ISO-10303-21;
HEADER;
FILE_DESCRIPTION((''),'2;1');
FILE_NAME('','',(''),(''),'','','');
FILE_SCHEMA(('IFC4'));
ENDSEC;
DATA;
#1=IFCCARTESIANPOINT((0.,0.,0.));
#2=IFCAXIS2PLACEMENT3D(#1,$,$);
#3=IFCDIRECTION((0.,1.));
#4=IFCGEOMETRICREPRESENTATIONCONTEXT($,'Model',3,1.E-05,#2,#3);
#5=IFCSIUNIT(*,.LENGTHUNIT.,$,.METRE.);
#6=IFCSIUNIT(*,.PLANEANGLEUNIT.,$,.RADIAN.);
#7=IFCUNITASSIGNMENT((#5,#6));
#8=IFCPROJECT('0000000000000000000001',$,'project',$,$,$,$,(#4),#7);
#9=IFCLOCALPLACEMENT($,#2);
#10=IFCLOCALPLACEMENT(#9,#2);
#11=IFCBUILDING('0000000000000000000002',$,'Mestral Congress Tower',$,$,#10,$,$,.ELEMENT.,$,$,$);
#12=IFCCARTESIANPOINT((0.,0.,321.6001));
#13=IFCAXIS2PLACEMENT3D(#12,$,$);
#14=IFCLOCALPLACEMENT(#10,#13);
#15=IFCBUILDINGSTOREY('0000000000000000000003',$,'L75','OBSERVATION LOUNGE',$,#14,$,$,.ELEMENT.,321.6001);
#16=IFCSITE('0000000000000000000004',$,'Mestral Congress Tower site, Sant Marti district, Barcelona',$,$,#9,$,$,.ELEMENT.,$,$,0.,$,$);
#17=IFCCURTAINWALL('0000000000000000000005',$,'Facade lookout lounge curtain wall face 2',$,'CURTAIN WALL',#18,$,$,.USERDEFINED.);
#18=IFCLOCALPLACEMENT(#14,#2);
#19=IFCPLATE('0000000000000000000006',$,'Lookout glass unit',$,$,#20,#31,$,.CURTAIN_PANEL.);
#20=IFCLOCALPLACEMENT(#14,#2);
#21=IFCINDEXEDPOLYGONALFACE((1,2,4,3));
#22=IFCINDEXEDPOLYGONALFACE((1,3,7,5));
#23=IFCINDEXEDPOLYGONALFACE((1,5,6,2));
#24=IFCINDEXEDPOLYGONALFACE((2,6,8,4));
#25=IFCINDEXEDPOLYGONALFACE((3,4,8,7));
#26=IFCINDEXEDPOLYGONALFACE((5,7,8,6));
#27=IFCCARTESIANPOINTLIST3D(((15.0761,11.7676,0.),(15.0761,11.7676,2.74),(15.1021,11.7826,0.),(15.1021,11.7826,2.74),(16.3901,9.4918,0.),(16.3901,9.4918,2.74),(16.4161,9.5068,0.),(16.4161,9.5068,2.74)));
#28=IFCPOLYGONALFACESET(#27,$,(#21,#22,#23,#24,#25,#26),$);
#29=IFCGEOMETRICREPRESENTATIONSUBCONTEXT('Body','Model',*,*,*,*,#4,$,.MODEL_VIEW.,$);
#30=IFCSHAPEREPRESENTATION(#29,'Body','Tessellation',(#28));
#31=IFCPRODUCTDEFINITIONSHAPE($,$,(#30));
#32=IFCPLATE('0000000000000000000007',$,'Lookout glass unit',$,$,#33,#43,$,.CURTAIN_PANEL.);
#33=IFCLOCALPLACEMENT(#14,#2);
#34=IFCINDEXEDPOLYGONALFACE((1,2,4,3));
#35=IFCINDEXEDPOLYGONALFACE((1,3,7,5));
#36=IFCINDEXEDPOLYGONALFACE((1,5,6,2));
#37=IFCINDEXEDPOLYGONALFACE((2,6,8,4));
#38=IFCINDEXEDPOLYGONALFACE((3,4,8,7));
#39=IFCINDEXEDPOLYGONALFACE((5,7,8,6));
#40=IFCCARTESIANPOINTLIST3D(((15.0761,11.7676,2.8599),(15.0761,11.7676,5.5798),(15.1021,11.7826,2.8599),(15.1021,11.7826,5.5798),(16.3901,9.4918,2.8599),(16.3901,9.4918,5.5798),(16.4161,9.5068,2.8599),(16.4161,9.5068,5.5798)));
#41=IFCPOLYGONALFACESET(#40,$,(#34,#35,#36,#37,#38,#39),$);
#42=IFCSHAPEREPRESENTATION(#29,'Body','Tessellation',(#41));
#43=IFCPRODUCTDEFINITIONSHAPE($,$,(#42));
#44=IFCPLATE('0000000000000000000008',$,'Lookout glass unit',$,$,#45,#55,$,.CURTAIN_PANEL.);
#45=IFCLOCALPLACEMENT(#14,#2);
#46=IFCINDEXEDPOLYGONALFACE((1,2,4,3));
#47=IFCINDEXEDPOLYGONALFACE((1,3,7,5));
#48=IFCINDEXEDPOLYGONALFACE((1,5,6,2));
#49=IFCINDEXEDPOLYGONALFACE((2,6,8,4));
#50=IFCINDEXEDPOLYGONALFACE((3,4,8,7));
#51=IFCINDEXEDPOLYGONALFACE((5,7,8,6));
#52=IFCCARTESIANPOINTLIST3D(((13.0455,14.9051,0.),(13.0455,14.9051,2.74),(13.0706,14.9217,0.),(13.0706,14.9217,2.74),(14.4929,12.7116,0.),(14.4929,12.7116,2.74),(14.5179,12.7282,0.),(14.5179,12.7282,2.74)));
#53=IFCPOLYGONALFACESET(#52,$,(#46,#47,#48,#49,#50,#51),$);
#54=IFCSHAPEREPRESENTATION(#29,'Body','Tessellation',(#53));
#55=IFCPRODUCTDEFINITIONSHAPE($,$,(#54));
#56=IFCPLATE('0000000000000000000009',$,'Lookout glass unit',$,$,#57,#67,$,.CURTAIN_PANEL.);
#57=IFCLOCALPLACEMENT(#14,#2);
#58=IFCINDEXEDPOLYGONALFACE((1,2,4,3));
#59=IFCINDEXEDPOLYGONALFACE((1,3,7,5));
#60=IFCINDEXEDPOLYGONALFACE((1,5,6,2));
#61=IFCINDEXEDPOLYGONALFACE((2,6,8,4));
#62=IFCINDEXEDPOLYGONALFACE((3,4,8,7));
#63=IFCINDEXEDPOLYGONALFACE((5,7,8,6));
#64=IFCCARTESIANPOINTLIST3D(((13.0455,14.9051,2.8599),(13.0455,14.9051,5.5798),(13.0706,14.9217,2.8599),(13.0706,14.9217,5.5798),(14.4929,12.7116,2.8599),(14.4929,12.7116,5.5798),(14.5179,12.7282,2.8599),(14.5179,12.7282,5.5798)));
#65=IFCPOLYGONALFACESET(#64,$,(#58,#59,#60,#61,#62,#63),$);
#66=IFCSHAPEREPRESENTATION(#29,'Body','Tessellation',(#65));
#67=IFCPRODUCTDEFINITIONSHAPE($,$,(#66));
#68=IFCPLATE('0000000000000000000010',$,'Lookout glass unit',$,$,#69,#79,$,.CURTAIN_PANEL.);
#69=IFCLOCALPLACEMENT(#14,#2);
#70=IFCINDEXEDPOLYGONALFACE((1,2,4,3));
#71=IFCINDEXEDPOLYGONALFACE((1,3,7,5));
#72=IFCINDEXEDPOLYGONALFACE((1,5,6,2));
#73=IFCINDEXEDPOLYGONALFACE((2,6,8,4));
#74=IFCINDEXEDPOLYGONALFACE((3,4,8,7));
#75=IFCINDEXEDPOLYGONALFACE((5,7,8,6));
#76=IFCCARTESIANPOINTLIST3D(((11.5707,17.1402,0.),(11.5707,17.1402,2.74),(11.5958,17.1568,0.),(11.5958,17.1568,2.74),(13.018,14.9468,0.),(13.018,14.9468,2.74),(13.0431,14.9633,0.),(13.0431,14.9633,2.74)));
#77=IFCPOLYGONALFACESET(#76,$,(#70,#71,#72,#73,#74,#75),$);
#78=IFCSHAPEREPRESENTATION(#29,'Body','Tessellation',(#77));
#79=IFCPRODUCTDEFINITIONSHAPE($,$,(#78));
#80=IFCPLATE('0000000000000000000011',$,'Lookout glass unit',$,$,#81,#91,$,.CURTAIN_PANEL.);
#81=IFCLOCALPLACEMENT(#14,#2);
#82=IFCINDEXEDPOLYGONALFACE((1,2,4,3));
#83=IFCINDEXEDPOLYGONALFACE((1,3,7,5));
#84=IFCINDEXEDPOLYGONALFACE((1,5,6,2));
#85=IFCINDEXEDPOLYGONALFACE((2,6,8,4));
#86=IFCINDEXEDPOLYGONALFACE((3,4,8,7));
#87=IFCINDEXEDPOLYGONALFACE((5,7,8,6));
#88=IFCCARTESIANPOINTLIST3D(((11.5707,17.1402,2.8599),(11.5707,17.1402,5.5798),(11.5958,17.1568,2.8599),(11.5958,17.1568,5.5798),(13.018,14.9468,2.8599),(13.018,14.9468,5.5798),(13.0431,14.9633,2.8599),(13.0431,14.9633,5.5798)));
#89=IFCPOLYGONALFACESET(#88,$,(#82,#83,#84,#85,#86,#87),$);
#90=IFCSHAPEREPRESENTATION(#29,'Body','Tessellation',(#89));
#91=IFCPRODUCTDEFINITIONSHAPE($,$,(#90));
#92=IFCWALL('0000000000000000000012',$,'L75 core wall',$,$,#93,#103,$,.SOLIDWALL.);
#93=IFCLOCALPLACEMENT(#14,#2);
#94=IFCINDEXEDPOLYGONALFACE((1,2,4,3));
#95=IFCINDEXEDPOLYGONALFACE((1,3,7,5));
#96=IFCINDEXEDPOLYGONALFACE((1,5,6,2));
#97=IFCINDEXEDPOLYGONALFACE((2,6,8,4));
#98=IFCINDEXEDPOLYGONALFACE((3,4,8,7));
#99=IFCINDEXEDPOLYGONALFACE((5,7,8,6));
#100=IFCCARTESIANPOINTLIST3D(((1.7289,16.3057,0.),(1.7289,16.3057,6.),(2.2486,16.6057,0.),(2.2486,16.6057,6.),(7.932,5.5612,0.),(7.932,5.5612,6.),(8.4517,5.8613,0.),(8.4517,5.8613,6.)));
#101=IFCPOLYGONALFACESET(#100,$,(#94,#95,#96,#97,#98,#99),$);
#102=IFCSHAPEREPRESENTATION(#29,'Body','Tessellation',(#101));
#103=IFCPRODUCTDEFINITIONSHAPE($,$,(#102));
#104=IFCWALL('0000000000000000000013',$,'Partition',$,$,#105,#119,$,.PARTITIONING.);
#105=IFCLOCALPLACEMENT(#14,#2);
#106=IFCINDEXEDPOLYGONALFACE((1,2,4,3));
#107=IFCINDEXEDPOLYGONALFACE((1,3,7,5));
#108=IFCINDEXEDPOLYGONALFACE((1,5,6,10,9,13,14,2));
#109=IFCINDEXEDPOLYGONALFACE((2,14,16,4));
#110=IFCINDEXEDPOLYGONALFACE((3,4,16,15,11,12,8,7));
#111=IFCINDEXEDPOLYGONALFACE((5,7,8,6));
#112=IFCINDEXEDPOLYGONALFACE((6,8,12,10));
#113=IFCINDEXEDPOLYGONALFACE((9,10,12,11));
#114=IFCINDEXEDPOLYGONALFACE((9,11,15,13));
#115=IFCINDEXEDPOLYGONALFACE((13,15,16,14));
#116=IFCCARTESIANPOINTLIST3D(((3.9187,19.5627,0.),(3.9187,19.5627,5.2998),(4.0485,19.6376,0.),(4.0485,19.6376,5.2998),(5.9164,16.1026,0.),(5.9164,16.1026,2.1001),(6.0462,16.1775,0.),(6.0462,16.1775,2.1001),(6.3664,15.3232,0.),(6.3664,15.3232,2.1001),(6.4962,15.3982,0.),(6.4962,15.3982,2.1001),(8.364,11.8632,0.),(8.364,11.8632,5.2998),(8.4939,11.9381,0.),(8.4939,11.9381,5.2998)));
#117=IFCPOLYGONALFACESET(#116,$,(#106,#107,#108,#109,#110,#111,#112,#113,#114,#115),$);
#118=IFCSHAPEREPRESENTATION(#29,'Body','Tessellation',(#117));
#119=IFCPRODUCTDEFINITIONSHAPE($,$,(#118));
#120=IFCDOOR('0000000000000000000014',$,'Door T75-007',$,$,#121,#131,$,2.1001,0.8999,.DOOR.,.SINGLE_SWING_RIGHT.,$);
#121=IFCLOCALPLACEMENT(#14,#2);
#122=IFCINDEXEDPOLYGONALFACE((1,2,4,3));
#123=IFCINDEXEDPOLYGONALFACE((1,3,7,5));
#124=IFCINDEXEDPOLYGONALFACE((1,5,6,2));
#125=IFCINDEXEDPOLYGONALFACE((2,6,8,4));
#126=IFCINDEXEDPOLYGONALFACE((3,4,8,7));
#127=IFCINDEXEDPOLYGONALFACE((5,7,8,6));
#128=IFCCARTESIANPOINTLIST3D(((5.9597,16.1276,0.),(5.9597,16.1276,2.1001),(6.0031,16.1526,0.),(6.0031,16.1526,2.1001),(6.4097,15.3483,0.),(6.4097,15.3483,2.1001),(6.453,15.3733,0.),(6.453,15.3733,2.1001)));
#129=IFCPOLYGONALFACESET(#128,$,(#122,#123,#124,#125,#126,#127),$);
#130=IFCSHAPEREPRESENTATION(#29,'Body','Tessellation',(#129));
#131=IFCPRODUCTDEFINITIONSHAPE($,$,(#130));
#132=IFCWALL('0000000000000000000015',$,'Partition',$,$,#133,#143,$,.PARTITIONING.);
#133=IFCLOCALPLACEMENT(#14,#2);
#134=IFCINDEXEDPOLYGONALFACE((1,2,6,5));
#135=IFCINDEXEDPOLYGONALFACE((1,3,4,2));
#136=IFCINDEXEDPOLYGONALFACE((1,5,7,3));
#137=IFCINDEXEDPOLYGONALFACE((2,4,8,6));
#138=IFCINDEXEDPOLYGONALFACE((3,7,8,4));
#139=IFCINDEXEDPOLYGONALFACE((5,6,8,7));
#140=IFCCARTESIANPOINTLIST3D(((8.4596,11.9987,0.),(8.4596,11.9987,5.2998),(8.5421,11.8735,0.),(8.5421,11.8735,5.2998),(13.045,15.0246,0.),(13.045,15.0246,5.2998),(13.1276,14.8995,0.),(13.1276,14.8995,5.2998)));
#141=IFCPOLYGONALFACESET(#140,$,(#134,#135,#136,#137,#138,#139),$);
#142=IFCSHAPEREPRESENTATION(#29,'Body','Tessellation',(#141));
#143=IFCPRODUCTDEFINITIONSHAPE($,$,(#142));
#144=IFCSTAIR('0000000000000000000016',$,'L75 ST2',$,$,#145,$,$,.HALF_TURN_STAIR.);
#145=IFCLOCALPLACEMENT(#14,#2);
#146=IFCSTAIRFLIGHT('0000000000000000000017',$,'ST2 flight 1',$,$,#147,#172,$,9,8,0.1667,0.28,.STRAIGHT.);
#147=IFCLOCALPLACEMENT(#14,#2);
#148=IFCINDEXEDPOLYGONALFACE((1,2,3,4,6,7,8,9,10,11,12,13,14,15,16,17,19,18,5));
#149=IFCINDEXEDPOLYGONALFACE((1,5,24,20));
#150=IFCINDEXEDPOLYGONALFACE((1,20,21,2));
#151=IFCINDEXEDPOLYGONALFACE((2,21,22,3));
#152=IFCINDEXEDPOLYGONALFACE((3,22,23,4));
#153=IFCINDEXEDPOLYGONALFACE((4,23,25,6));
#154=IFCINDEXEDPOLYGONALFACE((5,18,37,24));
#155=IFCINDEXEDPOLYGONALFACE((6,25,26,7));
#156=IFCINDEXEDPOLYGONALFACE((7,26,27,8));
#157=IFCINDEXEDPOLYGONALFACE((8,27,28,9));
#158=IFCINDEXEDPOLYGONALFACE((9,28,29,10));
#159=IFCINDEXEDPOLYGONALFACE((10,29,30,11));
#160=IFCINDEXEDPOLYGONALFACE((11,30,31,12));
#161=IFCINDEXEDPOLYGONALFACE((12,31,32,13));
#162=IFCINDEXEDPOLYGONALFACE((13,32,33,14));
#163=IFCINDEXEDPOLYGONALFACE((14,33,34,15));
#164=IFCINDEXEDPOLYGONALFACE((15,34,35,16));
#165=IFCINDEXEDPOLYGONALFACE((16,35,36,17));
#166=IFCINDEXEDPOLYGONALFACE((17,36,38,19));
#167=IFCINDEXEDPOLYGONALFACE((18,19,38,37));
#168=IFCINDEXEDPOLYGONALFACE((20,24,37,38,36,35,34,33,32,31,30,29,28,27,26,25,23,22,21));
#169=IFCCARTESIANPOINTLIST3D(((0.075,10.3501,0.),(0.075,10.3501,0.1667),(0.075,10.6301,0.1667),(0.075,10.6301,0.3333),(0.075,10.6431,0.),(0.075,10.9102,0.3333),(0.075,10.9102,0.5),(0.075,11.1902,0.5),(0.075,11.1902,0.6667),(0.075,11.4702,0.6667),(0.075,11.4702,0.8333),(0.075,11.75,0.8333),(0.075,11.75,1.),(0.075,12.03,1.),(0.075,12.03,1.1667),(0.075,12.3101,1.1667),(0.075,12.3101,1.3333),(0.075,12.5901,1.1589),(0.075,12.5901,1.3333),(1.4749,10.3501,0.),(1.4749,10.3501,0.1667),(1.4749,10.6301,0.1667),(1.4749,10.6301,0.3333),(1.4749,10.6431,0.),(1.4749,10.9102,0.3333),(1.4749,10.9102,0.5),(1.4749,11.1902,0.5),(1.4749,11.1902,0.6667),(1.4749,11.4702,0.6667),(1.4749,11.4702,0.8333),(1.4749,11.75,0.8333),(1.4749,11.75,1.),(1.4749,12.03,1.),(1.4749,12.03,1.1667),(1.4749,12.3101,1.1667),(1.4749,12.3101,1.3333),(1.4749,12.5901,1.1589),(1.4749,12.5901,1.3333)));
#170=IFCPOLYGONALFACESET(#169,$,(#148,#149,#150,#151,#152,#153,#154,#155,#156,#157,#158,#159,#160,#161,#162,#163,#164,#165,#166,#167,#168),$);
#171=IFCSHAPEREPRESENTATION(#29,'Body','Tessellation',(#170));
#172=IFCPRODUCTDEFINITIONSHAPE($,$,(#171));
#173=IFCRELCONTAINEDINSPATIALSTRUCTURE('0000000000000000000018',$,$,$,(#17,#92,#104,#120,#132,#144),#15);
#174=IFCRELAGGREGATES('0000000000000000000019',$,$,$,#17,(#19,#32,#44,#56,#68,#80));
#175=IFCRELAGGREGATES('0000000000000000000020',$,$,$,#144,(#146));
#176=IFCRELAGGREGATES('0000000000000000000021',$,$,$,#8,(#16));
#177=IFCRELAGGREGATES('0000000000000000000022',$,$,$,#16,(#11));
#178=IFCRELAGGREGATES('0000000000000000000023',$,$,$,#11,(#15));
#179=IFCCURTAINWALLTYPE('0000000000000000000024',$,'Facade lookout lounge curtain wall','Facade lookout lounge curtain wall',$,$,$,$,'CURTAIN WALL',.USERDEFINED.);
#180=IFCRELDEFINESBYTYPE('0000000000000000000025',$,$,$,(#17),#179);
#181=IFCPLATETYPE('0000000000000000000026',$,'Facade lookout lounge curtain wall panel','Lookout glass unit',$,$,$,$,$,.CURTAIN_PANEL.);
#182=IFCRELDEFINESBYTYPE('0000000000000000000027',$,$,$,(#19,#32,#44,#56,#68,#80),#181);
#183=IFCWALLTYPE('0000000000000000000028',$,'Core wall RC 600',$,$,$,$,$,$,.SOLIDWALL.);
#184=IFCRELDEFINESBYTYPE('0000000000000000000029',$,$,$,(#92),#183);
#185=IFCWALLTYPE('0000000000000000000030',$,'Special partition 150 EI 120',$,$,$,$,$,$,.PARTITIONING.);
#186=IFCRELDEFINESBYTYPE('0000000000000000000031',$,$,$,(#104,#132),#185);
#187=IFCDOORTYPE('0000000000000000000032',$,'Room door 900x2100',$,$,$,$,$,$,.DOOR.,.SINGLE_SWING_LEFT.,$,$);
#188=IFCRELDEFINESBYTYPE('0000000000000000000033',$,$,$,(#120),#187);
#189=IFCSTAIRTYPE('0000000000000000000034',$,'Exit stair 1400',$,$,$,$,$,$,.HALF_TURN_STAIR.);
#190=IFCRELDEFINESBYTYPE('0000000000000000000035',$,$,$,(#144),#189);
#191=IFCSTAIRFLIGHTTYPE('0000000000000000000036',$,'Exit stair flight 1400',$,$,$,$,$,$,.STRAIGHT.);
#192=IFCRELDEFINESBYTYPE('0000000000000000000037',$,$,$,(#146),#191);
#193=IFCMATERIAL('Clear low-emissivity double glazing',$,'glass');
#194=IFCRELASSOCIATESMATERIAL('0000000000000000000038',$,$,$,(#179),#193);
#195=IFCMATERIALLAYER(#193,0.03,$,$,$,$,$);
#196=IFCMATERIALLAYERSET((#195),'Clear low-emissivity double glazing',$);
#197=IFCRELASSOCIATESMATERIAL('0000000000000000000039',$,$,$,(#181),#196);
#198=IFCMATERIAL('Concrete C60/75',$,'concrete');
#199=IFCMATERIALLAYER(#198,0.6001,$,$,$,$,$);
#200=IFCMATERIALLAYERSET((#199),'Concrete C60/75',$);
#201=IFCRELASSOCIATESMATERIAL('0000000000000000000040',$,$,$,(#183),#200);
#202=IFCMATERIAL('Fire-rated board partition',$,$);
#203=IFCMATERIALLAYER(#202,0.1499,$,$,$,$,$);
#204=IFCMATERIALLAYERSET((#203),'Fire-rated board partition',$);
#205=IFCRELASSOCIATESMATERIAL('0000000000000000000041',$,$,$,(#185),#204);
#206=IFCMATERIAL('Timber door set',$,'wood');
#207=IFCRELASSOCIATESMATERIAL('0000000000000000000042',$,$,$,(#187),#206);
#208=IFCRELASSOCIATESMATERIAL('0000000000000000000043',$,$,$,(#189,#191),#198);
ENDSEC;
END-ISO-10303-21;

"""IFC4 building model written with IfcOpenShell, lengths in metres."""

from ifc_helpers import new_model, si_unit, direction, frame, frame_2d, origin, origin_2d, place, context, subcontext, project, spatial, polyline, rectangle, outline, extrude, material, layer, layer_set, type_object, element, fill, aggregate, save


model = new_model("IFC4")

# Units and contexts
model_context = context("Model", 3, precision=1e-05, world=origin(), true_north=direction((0.0, 1.0)))
body_context = subcontext(model_context, "Body", "Model", "MODEL_VIEW")
ifc_project = project(units=[si_unit("LENGTHUNIT", "METRE"), si_unit("PLANEANGLEUNIT", "RADIAN")], contexts=[model_context])

# Site, building, storey
site_placement = place(None, origin())
site = spatial("IfcSite", under=ifc_project, at=site_placement, Name="Mestral Congress Tower site, Sant Marti district, Barcelona", CompositionType="ELEMENT", RefElevation=0.0)
building_placement = place(site_placement, origin())
building = spatial("IfcBuilding", under=site, at=building_placement, Name="Mestral Congress Tower", CompositionType="ELEMENT")
storey_placement = place(building_placement, frame((0.0, 0.0, 321.6001)))
storey = spatial("IfcBuildingStorey", under=building, at=storey_placement, Name="L75", Description="OBSERVATION LOUNGE", CompositionType="ELEMENT", Elevation=321.6001)

# Shared definitions
ifc_material_1 = material(Name="Concrete C60/75", Category="concrete")

# Curtain wall
ifc_material_2 = material(Name="Clear low-emissivity double glazing", Category="glass")
curtain_wall_type = type_object("IfcCurtainWallType", Name="Facade lookout lounge curtain wall", Description="Facade lookout lounge curtain wall", ElementType="CURTAIN WALL", PredefinedType="USERDEFINED", material=ifc_material_2)
placement = place(storey_placement, origin())
curtain_wall = element("IfcCurtainWall", 1, at=placement, inside=storey, type_object=curtain_wall_type, Name="Facade lookout lounge curtain wall face 2", ObjectType="CURTAIN WALL", PredefinedType="USERDEFINED")

# Plates
ifc_layer_1 = layer(ifc_material_2, 0.03)
ifc_layer_set_1 = layer_set([ifc_layer_1], Name="Clear low-emissivity double glazing")
plate_type = type_object("IfcPlateType", Name="Facade lookout lounge curtain wall panel", Description="Lookout glass unit", PredefinedType="CURTAIN_PANEL", material=ifc_layer_set_1)
plate_1_placement = place(storey_placement, frame((15.7461, 10.6372, 0.0), z_axis=(0.0, 0.0, 1.0), x_axis=(-0.500006, 0.866022, 0.0)))
plate_1 = element("IfcPlate", 2, at=plate_1_placement, type_object=plate_type, Name="Lookout glass unit", PredefinedType="CURTAIN_PANEL", context=body_context, shape_type="SweptSolid", body=[
    extrude(rectangle(XDim=2.6279, YDim=0.03, at=origin_2d()), origin(), (0.0, 0.0, 1.0), 2.74),
])
plate_2_placement = place(storey_placement, frame((15.7461, 10.6372, 2.8599), z_axis=(0.0, 0.0, 1.0), x_axis=(-0.500006, 0.866022, 0.0)))
plate_2 = element("IfcPlate", 3, at=plate_2_placement, type_object=plate_type, Name="Lookout glass unit", PredefinedType="CURTAIN_PANEL", context=body_context, shape_type="SweptSolid", body=[
    extrude(rectangle(XDim=2.6279, YDim=0.03, at=origin_2d()), origin(), (0.0, 0.0, 1.0), 2.72),
])
plate_3_placement = place(storey_placement, frame((13.7817, 13.8167, 0.0), z_axis=(0.0, 0.0, 1.0), x_axis=(-0.550743, 0.834675, 0.0)))
plate_3 = element("IfcPlate", 4, at=plate_3_placement, type_object=plate_type, Name="Lookout glass unit", PredefinedType="CURTAIN_PANEL", context=body_context, shape_type="SweptSolid", body=[
    extrude(rectangle(XDim=2.6279, YDim=0.03, at=origin_2d()), origin(), (0.0, 0.0, 1.0), 2.74),
])
plate_4_placement = place(storey_placement, frame((13.7817, 13.8167, 2.8599), z_axis=(0.0, 0.0, 1.0), x_axis=(-0.550743, 0.834675, 0.0)))
plate_4 = element("IfcPlate", 5, at=plate_4_placement, type_object=plate_type, Name="Lookout glass unit", PredefinedType="CURTAIN_PANEL", context=body_context, shape_type="SweptSolid", body=[
    extrude(rectangle(XDim=2.6279, YDim=0.03, at=origin_2d()), origin(), (0.0, 0.0, 1.0), 2.72),
])
plate_5_placement = place(storey_placement, frame((12.3069, 16.0518, 0.0), z_axis=(0.0, 0.0, 1.0), x_axis=(-0.550743, 0.834675, 0.0)))
plate_5 = element("IfcPlate", 6, at=plate_5_placement, type_object=plate_type, Name="Lookout glass unit", PredefinedType="CURTAIN_PANEL", context=body_context, shape_type="SweptSolid", body=[
    extrude(rectangle(XDim=2.6279, YDim=0.03, at=origin_2d()), origin(), (0.0, 0.0, 1.0), 2.74),
])
plate_6_placement = place(storey_placement, frame((12.3069, 16.0518, 2.8599), z_axis=(0.0, 0.0, 1.0), x_axis=(-0.550743, 0.834675, 0.0)))
plate_6 = element("IfcPlate", 7, at=plate_6_placement, type_object=plate_type, Name="Lookout glass unit", PredefinedType="CURTAIN_PANEL", context=body_context, shape_type="SweptSolid", body=[
    extrude(rectangle(XDim=2.6279, YDim=0.03, at=origin_2d()), origin(), (0.0, 0.0, 1.0), 2.72),
])
aggregate(curtain_wall, [plate_1, plate_2, plate_3, plate_4, plate_5, plate_6])

# Wall
ifc_layer_2 = layer(ifc_material_1, 0.6001)
ifc_layer_set_2 = layer_set([ifc_layer_2], Name="Concrete C60/75")
wall_type_1 = type_object("IfcWallType", Name="Core wall RC 600", PredefinedType="SOLIDWALL", material=ifc_layer_set_2)
wall_1_placement = place(storey_placement, frame((1.9888, 16.4556, 0.0), z_axis=(0.0, 0.0, 1.0), x_axis=(0.499991, -0.866031, 0.0)))
element("IfcWall", 8, at=wall_1_placement, inside=storey, type_object=wall_type_1, Name="L75 core wall", PredefinedType="SOLIDWALL", context=body_context, shape_type="SweptSolid", body=[
    extrude(rectangle(XDim=12.4065, YDim=0.6001, at=frame_2d((6.2031, 0.0))), origin(), (0.0, 0.0, 1.0), 6.0),
])

# Wall, opening, door
ifc_material_3 = material(Name="Fire-rated board partition")
ifc_layer_3 = layer(ifc_material_3, 0.1499)
ifc_layer_set_3 = layer_set([ifc_layer_3], Name="Fire-rated board partition")
wall_type_2 = type_object("IfcWallType", Name="Special partition 150 EI 120", PredefinedType="PARTITIONING", material=ifc_layer_set_3)
wall_2_placement = place(storey_placement, frame((8.429, 11.9006, 0.0), z_axis=(0.0, 0.0, 1.0), x_axis=(-0.500002, 0.866024, 0.0)))
wall_2 = element("IfcWall", 9, at=wall_2_placement, inside=storey, type_object=wall_type_2, Name="Partition", PredefinedType="PARTITIONING", context=body_context, shape_type="SweptSolid", body=[
    extrude(rectangle(XDim=8.8906, YDim=0.1499, at=frame_2d((4.4453, 0.0))), origin(), (0.0, 0.0, 1.0), 5.2998),
])
opening_placement = place(wall_2_placement, frame((3.9954, 0.0, 0.0)))
opening = element("IfcOpeningElement", 10, at=opening_placement, cuts=wall_2, PredefinedType="OPENING", context=body_context, shape_type="SweptSolid", body=[
    extrude(rectangle(XDim=0.8999, YDim=2.1001, at=frame_2d((0.45, 1.05))), frame((0.0, 0.085, 0.0), z_axis=(0.0, -1.0, 0.0), x_axis=(1.0, 0.0, 0.0)), (0.0, 0.0, 1.0), 0.1699),
])
ifc_material_4 = material(Name="Timber door set", Category="wood")
door_type = type_object("IfcDoorType", Name="Room door 900x2100", OperationType="SINGLE_SWING_LEFT", PredefinedType="DOOR", material=ifc_material_4)
door_placement = place(opening_placement, origin())
door = element("IfcDoor", 11, at=door_placement, inside=storey, type_object=door_type, Name="Door T75-007", OperationType="SINGLE_SWING_RIGHT", OverallHeight=2.1001, OverallWidth=0.8999, PredefinedType="DOOR", context=body_context, shape_type="SweptSolid", body=[
    extrude(rectangle(XDim=0.8999, YDim=2.1001, at=frame_2d((0.45, 1.05))), frame((0.0, 0.0249, 0.0), z_axis=(0.0, -1.0, 0.0), x_axis=(1.0, 0.0, 0.0)), (0.0, 0.0, 1.0), 0.05),
])
fill(opening, door)

# Wall
wall_3_placement = place(storey_placement, frame((8.5007, 11.936, 0.0), z_axis=(0.0, 0.0, 1.0), x_axis=(0.834653, 0.550777, 0.0)))
element("IfcWall", 12, at=wall_3_placement, inside=storey, type_object=wall_type_2, Name="Partition", PredefinedType="PARTITIONING", context=body_context, shape_type="SweptSolid", body=[
    extrude(rectangle(XDim=5.4939, YDim=0.1499, at=frame_2d((2.7471, 0.0))), origin(), (0.0, 0.0, 1.0), 5.2998),
])

# Stair, stair flight
stair_type = type_object("IfcStairType", Name="Exit stair 1400", PredefinedType="HALF_TURN_STAIR", material=ifc_material_1)
stair = element("IfcStair", 13, at=placement, inside=storey, type_object=stair_type, Name="L75 ST2", PredefinedType="HALF_TURN_STAIR")
stair_flight_type = type_object("IfcStairFlightType", Name="Exit stair flight 1400", PredefinedType="STRAIGHT", material=ifc_material_1)
stair_flight_1_placement = place(storey_placement, frame((0.7749, 10.3501, 0.0), z_axis=(0.0, 0.0, 1.0), x_axis=(0.0, 1.0, 0.0)))
stair_flight_1 = element("IfcStairFlight", 14, at=stair_flight_1_placement, type_object=stair_flight_type, Name="ST2 flight 1", NumberOfRisers=9, NumberOfTreads=8, PredefinedType="STRAIGHT", RiserHeight=0.1667, TreadLength=0.28, context=body_context, shape_type="SweptSolid", body=[
    extrude(outline(polyline([(0.0, 0.0), (0.0, 0.1667), (0.28, 0.1667), (0.28, 0.3333), (0.5601, 0.3333), (0.5601, 0.5), (0.8401, 0.5), (0.8401, 0.6667), (1.1201, 0.6667), (1.1201, 0.8333), (1.3999, 0.8333), (1.3999, 1.0), (1.6799, 1.0), (1.6799, 1.1667), (1.96, 1.1667), (1.96, 1.3333), (2.24, 1.3333), (2.24, 1.5), (2.24, 1.1589), (0.293, 0.0), (0.0, 0.0)])), frame((0.0, 0.7, 0.0), z_axis=(0.0, -1.0, 0.0), x_axis=(1.0, 0.0, 0.0)), (0.0, 0.0, 1.0), 1.3999),
])
aggregate(stair, [stair_flight_1])

save(model, "model.ifc")
